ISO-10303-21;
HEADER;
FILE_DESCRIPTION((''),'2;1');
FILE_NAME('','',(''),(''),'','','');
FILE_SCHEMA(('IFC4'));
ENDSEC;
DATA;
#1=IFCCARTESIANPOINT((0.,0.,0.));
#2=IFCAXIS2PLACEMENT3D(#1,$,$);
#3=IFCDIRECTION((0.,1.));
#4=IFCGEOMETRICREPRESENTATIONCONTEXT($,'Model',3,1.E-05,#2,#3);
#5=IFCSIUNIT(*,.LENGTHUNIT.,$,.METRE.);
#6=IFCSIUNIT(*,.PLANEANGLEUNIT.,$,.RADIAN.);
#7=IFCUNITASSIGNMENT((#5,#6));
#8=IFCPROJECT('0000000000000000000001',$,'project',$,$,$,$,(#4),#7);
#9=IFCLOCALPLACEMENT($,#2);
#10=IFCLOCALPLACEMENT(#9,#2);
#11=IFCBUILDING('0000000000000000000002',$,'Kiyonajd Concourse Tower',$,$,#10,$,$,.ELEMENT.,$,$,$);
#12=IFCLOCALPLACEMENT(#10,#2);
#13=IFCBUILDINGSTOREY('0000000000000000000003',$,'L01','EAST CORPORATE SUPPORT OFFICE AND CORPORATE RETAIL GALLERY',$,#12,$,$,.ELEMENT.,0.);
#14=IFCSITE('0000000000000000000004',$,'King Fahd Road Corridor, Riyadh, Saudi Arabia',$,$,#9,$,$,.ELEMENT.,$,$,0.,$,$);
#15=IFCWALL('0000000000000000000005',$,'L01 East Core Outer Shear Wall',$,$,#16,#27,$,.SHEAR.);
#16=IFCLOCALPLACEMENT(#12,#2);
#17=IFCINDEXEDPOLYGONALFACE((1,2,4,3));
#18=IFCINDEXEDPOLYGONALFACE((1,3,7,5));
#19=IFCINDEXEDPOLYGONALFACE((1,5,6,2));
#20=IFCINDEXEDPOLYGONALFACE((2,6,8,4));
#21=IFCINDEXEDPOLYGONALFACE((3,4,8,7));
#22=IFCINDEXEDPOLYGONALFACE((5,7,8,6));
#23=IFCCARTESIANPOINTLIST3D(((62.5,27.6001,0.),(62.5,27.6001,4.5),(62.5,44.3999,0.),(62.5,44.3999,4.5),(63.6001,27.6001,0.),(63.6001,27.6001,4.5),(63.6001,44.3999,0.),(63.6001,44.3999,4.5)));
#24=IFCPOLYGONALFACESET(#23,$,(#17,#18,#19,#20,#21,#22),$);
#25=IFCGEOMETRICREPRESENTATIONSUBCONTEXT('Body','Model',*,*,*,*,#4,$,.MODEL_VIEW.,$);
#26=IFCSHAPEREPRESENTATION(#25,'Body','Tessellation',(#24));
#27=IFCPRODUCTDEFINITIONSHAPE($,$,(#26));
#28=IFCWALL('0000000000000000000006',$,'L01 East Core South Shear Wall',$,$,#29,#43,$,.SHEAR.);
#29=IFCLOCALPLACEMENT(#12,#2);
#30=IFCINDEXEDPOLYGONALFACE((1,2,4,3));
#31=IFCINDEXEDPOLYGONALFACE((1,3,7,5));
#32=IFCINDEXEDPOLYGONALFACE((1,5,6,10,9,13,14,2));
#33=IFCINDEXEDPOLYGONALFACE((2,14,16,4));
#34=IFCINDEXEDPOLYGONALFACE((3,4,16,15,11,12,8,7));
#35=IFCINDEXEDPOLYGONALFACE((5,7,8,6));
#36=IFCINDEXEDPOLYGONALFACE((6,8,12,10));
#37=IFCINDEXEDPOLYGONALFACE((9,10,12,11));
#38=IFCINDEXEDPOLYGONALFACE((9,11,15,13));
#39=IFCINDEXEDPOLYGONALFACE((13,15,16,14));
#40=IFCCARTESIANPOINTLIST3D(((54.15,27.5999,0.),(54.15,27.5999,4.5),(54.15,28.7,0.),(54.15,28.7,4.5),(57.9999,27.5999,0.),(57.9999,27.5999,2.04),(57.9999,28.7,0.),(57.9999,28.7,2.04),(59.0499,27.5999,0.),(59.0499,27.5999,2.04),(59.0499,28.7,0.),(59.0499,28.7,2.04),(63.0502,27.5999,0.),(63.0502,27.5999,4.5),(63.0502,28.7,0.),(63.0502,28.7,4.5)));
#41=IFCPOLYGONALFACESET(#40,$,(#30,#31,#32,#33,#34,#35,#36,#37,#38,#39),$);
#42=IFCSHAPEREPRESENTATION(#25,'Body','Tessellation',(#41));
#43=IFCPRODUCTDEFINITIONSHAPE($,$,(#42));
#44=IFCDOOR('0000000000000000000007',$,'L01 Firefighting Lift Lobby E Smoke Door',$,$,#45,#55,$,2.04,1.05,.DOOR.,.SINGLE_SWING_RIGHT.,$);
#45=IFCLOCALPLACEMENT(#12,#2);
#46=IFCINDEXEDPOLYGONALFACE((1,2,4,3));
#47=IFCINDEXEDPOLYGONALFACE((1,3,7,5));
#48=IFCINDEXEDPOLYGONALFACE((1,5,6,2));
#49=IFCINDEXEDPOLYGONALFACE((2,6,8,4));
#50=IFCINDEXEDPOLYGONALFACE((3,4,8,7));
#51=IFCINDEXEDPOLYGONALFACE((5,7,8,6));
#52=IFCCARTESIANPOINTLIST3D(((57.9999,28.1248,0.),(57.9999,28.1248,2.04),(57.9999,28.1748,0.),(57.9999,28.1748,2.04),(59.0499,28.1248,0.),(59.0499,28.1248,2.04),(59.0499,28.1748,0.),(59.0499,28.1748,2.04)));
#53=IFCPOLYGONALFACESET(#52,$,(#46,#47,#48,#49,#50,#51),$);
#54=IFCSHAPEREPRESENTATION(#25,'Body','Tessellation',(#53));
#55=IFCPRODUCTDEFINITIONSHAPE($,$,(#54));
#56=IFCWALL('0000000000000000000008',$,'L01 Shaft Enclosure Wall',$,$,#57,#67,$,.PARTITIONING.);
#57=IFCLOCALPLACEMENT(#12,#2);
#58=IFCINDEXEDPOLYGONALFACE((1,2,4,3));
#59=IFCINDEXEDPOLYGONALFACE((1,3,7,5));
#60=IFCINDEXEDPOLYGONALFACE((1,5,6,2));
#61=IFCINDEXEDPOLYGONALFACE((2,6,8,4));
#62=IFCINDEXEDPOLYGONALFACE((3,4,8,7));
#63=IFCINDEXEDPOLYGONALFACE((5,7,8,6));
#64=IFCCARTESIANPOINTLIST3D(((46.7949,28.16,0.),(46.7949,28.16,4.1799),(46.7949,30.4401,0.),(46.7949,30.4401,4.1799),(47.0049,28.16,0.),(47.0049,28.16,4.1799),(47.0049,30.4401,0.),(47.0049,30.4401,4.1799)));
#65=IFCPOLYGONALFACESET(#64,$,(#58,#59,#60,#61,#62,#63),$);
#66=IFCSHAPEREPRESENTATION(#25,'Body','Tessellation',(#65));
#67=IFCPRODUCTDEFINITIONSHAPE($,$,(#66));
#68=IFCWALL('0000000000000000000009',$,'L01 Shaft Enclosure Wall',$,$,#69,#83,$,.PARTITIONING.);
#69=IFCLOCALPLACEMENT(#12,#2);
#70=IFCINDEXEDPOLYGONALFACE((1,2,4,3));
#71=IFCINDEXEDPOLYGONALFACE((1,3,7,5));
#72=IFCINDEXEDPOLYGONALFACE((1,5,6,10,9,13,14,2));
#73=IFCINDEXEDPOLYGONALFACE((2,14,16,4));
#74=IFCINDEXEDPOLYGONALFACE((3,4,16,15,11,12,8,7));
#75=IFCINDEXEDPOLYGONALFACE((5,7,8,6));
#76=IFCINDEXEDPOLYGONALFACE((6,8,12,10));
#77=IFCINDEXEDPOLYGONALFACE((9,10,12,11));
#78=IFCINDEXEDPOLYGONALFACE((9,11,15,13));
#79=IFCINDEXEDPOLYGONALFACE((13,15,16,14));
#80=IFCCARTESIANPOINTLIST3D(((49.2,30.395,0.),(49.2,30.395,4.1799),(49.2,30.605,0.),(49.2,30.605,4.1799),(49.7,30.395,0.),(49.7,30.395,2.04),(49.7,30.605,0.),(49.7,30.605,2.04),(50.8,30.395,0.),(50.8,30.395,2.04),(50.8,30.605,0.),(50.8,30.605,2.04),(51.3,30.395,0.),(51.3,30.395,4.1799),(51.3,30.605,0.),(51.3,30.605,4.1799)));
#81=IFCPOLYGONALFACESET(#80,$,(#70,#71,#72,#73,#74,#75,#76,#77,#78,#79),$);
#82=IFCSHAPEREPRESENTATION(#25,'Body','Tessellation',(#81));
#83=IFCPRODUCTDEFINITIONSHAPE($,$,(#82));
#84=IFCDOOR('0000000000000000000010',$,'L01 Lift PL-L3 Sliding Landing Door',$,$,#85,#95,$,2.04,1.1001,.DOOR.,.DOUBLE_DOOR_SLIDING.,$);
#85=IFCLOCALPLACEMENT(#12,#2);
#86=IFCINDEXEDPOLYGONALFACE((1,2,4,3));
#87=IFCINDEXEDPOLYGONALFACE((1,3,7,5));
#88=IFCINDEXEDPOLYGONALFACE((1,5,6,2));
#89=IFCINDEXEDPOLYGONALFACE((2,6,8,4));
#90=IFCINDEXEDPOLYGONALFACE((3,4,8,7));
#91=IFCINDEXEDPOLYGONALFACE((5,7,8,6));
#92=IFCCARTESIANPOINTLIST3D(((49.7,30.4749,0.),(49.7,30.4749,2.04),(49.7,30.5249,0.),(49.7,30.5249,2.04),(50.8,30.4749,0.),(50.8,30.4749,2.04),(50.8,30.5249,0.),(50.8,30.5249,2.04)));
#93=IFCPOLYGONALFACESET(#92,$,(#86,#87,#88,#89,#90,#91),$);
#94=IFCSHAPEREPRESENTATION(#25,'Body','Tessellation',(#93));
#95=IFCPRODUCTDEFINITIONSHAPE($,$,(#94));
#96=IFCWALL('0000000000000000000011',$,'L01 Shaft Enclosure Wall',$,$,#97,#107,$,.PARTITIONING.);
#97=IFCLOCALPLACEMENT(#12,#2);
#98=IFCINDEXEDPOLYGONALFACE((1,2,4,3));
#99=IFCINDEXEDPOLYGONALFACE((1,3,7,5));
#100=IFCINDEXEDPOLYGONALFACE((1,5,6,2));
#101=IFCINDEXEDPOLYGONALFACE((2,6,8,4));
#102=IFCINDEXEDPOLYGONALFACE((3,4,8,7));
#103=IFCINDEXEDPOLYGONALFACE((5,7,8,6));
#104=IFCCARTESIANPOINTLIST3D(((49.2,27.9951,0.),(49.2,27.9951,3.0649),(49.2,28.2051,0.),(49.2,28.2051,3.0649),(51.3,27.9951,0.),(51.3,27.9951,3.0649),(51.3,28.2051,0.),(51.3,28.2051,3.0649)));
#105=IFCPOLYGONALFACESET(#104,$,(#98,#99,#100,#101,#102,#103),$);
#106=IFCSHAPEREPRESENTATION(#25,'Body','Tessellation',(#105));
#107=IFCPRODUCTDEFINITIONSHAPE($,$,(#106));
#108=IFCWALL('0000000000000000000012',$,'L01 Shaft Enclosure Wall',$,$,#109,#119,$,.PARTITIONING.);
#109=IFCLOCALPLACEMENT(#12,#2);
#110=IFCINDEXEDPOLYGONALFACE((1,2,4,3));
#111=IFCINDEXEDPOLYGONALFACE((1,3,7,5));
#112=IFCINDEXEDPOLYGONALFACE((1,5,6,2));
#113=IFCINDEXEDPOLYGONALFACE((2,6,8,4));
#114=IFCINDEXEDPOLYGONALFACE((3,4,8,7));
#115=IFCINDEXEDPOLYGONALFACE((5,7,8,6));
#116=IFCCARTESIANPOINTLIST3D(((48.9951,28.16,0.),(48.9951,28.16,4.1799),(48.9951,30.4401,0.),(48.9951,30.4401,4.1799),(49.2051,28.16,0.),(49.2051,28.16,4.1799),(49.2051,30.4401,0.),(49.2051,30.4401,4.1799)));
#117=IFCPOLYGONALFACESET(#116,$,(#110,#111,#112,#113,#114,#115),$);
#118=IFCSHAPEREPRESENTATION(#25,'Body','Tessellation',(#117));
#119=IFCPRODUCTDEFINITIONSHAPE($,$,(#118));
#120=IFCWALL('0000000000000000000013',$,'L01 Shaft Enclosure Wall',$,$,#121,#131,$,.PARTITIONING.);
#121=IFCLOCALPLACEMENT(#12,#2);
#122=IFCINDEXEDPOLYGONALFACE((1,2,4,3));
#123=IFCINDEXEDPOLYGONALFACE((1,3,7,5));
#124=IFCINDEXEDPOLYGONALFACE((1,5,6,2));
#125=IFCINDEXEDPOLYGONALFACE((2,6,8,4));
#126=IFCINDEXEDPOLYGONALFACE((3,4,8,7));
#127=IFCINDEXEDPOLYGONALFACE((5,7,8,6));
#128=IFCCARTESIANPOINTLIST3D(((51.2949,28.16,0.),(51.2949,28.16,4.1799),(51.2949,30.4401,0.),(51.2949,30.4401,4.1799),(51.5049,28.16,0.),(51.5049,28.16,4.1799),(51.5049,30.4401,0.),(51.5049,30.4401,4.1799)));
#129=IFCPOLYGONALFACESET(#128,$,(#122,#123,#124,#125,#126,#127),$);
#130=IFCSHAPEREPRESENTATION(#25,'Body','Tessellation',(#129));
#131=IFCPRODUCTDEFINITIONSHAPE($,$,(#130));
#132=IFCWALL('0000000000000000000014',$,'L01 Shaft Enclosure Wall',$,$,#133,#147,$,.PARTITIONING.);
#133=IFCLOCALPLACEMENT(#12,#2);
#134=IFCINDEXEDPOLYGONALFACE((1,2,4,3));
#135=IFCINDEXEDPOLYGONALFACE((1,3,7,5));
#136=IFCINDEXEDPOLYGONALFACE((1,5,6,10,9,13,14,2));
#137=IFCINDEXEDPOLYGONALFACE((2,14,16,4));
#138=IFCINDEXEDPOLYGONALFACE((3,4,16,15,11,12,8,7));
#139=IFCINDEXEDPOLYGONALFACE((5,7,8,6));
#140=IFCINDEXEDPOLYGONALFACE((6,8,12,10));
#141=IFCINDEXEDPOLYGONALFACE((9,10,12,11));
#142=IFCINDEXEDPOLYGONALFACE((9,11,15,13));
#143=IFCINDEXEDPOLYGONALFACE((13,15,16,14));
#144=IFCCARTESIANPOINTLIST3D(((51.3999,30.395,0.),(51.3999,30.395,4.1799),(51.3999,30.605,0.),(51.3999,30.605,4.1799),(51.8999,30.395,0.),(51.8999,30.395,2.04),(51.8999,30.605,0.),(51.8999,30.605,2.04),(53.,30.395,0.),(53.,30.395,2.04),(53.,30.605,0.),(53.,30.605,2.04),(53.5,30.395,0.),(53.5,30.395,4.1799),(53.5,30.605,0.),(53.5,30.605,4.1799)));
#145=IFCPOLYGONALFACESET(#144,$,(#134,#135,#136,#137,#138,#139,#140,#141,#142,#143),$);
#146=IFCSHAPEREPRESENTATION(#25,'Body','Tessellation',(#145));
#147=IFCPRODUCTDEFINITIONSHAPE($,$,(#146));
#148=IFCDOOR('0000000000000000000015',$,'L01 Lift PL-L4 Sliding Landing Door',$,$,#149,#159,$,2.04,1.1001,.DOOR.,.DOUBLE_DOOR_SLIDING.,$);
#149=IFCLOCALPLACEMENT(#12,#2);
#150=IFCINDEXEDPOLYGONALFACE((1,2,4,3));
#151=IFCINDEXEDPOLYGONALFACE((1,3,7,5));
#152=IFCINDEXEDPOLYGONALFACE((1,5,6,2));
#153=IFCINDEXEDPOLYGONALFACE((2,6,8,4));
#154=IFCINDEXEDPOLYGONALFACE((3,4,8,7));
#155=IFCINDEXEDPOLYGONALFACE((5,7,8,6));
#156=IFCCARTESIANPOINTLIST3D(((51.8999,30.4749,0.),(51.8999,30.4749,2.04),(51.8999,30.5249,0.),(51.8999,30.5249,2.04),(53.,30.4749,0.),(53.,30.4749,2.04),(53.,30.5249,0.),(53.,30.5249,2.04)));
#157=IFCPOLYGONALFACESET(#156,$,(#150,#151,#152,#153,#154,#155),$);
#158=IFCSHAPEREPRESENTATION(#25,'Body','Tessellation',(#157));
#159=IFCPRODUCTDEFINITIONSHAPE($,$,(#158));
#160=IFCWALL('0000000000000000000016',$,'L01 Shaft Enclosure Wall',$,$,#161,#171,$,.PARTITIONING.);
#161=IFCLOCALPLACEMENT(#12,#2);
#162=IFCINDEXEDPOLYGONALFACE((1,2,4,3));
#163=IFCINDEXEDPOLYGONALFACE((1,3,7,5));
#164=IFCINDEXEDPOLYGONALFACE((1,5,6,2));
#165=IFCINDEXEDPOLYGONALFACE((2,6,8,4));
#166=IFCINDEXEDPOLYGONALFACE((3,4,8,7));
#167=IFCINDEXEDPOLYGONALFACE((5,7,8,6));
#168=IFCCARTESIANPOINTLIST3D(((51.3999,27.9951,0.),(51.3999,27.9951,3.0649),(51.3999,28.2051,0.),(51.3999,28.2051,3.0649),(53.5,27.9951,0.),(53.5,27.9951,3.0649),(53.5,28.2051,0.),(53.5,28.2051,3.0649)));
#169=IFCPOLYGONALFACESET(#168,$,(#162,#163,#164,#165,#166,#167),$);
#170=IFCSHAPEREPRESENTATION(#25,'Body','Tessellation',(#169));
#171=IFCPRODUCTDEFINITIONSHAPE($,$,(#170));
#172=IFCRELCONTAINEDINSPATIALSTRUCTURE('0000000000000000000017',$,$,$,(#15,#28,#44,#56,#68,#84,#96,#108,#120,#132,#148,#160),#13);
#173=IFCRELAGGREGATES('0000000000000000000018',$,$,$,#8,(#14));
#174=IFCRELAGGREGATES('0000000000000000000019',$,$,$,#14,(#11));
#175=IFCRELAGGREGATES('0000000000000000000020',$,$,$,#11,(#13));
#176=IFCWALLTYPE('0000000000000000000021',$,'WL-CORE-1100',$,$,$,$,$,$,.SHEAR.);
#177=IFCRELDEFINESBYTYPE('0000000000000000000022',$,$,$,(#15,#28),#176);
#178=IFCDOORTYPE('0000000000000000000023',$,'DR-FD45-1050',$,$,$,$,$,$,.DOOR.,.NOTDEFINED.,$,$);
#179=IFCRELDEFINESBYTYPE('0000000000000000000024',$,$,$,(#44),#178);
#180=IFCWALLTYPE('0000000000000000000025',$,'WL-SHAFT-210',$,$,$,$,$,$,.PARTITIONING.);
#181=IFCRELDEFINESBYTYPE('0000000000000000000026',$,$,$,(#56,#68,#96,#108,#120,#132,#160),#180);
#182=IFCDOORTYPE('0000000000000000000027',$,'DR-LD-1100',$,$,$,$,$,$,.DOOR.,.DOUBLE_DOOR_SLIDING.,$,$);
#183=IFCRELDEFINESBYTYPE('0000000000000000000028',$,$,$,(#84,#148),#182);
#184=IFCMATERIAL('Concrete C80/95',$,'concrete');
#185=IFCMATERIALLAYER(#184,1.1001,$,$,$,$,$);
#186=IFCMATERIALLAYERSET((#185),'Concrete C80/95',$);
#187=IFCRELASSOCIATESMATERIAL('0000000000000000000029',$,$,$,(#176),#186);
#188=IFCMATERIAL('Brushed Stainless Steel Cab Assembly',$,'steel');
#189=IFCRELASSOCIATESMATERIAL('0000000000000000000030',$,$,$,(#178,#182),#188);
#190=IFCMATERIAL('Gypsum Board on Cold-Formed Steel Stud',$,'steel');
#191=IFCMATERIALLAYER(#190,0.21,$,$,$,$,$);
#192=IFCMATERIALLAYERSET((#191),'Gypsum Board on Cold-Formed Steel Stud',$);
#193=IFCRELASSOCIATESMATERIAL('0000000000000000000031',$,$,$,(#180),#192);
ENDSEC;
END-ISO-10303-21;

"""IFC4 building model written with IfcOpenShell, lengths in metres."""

from ifc_helpers import new_model, si_unit, direction, frame, frame_2d, origin, place, context, subcontext, project, spatial, rectangle, extrude, material, layer, layer_set, type_object, element, fill, save


model = new_model("IFC4")

# Units and contexts
model_context = context("Model", 3, precision=1e-05, world=origin(), true_north=direction((0.0, 1.0)))
body_context = subcontext(model_context, "Body", "Model", "MODEL_VIEW")
ifc_project = project(units=[si_unit("LENGTHUNIT", "METRE"), si_unit("PLANEANGLEUNIT", "RADIAN")], contexts=[model_context])

# Site, building, storey
site_placement = place(None, origin())
site = spatial("IfcSite", under=ifc_project, at=site_placement, Name="King Fahd Road Corridor, Riyadh, Saudi Arabia", CompositionType="ELEMENT", RefElevation=0.0)
building_placement = place(site_placement, origin())
building = spatial("IfcBuilding", under=site, at=building_placement, Name="Kiyonajd Concourse Tower", CompositionType="ELEMENT")
storey_placement = place(building_placement, origin())
storey = spatial("IfcBuildingStorey", under=building, at=storey_placement, Name="L01", Description="EAST CORPORATE SUPPORT OFFICE AND CORPORATE RETAIL GALLERY", CompositionType="ELEMENT", Elevation=0.0)

# Shared definitions
ifc_material_1 = material(Name="Concrete C80/95", Category="concrete")

# Wall
ifc_layer_1 = layer(ifc_material_1, 1.1001)
ifc_layer_set_1 = layer_set([ifc_layer_1], Name="Concrete C80/95")
wall_type_1 = type_object("IfcWallType", Name="WL-CORE-1100", PredefinedType="SHEAR", material=ifc_layer_set_1)
wall_1_placement = place(storey_placement, frame((63.05, 27.6001, 0.0), z_axis=(0.0, 0.0, 1.0), x_axis=(0.0, 1.0, 0.0)))
element("IfcWall", 1, at=wall_1_placement, inside=storey, type_object=wall_type_1, Name="L01 East Core Outer Shear Wall", PredefinedType="SHEAR", context=body_context, shape_type="SweptSolid", body=[
    extrude(rectangle(XDim=16.7998, YDim=1.1001, at=frame_2d((8.3999, 0.0))), origin(), (0.0, 0.0, 1.0), 4.5),
])

# Wall, opening, door
wall_2_placement = place(storey_placement, frame((54.1499, 28.1499, 0.0), z_axis=(0.0, 0.0, 1.0), x_axis=(1.0, 0.0, 0.0)))
wall_2 = element("IfcWall", 2, at=wall_2_placement, inside=storey, type_object=wall_type_1, Name="L01 East Core South Shear Wall", PredefinedType="SHEAR", context=body_context, shape_type="SweptSolid", body=[
    extrude(rectangle(XDim=8.9001, YDim=1.1001, at=frame_2d((4.4502, 0.0))), origin(), (0.0, 0.0, 1.0), 4.5),
])
opening_1_placement = place(wall_2_placement, frame((3.8501, 0.0, 0.0)))
opening_1 = element("IfcOpeningElement", 3, at=opening_1_placement, cuts=wall_2, PredefinedType="OPENING", context=body_context, shape_type="SweptSolid", body=[
    extrude(rectangle(XDim=1.05, YDim=2.04, at=frame_2d((0.5249, 1.02))), frame((0.0, 0.5601, 0.0), z_axis=(0.0, -1.0, 0.0), x_axis=(1.0, 0.0, 0.0)), (0.0, 0.0, 1.0), 1.1201),
])
ifc_material_2 = material(Name="Brushed Stainless Steel Cab Assembly", Category="steel")
door_type_1 = type_object("IfcDoorType", Name="DR-FD45-1050", OperationType="NOTDEFINED", PredefinedType="DOOR", material=ifc_material_2)
door_1_placement = place(opening_1_placement, origin())
door_1 = element("IfcDoor", 4, at=door_1_placement, inside=storey, type_object=door_type_1, Name="L01 Firefighting Lift Lobby E Smoke Door", OperationType="SINGLE_SWING_RIGHT", OverallHeight=2.04, OverallWidth=1.05, PredefinedType="DOOR", context=body_context, shape_type="SweptSolid", body=[
    extrude(rectangle(XDim=1.05, YDim=2.04, at=frame_2d((0.5249, 1.02))), frame((0.0, 0.0249, 0.0), z_axis=(0.0, -1.0, 0.0), x_axis=(1.0, 0.0, 0.0)), (0.0, 0.0, 1.0), 0.05),
])
fill(opening_1, door_1)

# Wall
ifc_material_3 = material(Name="Gypsum Board on Cold-Formed Steel Stud", Category="steel")
ifc_layer_2 = layer(ifc_material_3, 0.21)
ifc_layer_set_2 = layer_set([ifc_layer_2], Name="Gypsum Board on Cold-Formed Steel Stud")
wall_type_2 = type_object("IfcWallType", Name="WL-SHAFT-210", PredefinedType="PARTITIONING", material=ifc_layer_set_2)
wall_3_placement = place(storey_placement, frame((46.8999, 28.1599, 0.0), z_axis=(0.0, 0.0, 1.0), x_axis=(0.0, 1.0, 0.0)))
element("IfcWall", 5, at=wall_3_placement, inside=storey, type_object=wall_type_2, Name="L01 Shaft Enclosure Wall", PredefinedType="PARTITIONING", context=body_context, shape_type="SweptSolid", body=[
    extrude(rectangle(XDim=2.28, YDim=0.21, at=frame_2d((1.1401, 0.0))), origin(), (0.0, 0.0, 1.0), 4.1799),
])

# Wall, opening, door
wall_4_placement = place(storey_placement, frame((49.2, 30.5, 0.0), z_axis=(0.0, 0.0, 1.0), x_axis=(1.0, 0.0, 0.0)))
wall_4 = element("IfcWall", 6, at=wall_4_placement, inside=storey, type_object=wall_type_2, Name="L01 Shaft Enclosure Wall", PredefinedType="PARTITIONING", context=body_context, shape_type="SweptSolid", body=[
    extrude(rectangle(XDim=2.1001, YDim=0.21, at=frame_2d((1.05, 0.0))), origin(), (0.0, 0.0, 1.0), 4.1799),
])
opening_2_placement = place(wall_4_placement, frame((0.5, 0.0, 0.0)))
opening_2 = element("IfcOpeningElement", 7, at=opening_2_placement, cuts=wall_4, PredefinedType="OPENING", context=body_context, shape_type="SweptSolid", body=[
    extrude(rectangle(XDim=1.1001, YDim=2.04, at=frame_2d((0.55, 1.02))), frame((0.0, 0.115, 0.0), z_axis=(0.0, -1.0, 0.0), x_axis=(1.0, 0.0, 0.0)), (0.0, 0.0, 1.0), 0.23),
])
door_type_2 = type_object("IfcDoorType", Name="DR-LD-1100", OperationType="DOUBLE_DOOR_SLIDING", PredefinedType="DOOR", material=ifc_material_2)
door_2_placement = place(opening_2_placement, origin())
door_2 = element("IfcDoor", 8, at=door_2_placement, inside=storey, type_object=door_type_2, Name="L01 Lift PL-L3 Sliding Landing Door", OperationType="DOUBLE_DOOR_SLIDING", OverallHeight=2.04, OverallWidth=1.1001, PredefinedType="DOOR", context=body_context, shape_type="SweptSolid", body=[
    extrude(rectangle(XDim=1.1001, YDim=2.04, at=frame_2d((0.55, 1.02))), frame((0.0, 0.0249, 0.0), z_axis=(0.0, -1.0, 0.0), x_axis=(1.0, 0.0, 0.0)), (0.0, 0.0, 1.0), 0.05),
])
fill(opening_2, door_2)

# Walls
wall_5_placement = place(storey_placement, frame((49.2, 28.1001, 0.0), z_axis=(0.0, 0.0, 1.0), x_axis=(1.0, 0.0, 0.0)))
element("IfcWall", 9, at=wall_5_placement, inside=storey, type_object=wall_type_2, Name="L01 Shaft Enclosure Wall", PredefinedType="PARTITIONING", context=body_context, shape_type="SweptSolid", body=[
    extrude(rectangle(XDim=2.1001, YDim=0.21, at=frame_2d((1.05, 0.0))), origin(), (0.0, 0.0, 1.0), 3.0649),
])
for number, where, z_axis, x_axis, name in (
    (10, (49.1001, 28.1599, 0.0), (0.0, 0.0, 1.0), (0.0, 1.0, 0.0), "L01 Shaft Enclosure Wall"),
    (11, (51.3999, 28.1599, 0.0), (0.0, 0.0, 1.0), (0.0, 1.0, 0.0), "L01 Shaft Enclosure Wall"),
):
    element("IfcWall", number, at=place(storey_placement, frame(where, z_axis=z_axis, x_axis=x_axis)), inside=storey, type_object=wall_type_2, Name=name, PredefinedType="PARTITIONING", context=body_context, shape_type="SweptSolid", body=[
        extrude(rectangle(XDim=2.28, YDim=0.21, at=frame_2d((1.1401, 0.0))), origin(), (0.0, 0.0, 1.0), 4.1799),
    ])

# Wall, opening, door
wall_6_placement = place(storey_placement, frame((51.3999, 30.5, 0.0), z_axis=(0.0, 0.0, 1.0), x_axis=(1.0, 0.0, 0.0)))
wall_6 = element("IfcWall", 12, at=wall_6_placement, inside=storey, type_object=wall_type_2, Name="L01 Shaft Enclosure Wall", PredefinedType="PARTITIONING", context=body_context, shape_type="SweptSolid", body=[
    extrude(rectangle(XDim=2.1001, YDim=0.21, at=frame_2d((1.05, 0.0))), origin(), (0.0, 0.0, 1.0), 4.1799),
])
opening_3_placement = place(wall_6_placement, frame((0.5, 0.0, 0.0)))
opening_3 = element("IfcOpeningElement", 13, at=opening_3_placement, cuts=wall_6, PredefinedType="OPENING", context=body_context, shape_type="SweptSolid", body=[
    extrude(rectangle(XDim=1.1001, YDim=2.04, at=frame_2d((0.55, 1.02))), frame((0.0, 0.115, 0.0), z_axis=(0.0, -1.0, 0.0), x_axis=(1.0, 0.0, 0.0)), (0.0, 0.0, 1.0), 0.23),
])
door_3_placement = place(opening_3_placement, origin())
door_3 = element("IfcDoor", 14, at=door_3_placement, inside=storey, type_object=door_type_2, Name="L01 Lift PL-L4 Sliding Landing Door", OperationType="DOUBLE_DOOR_SLIDING", OverallHeight=2.04, OverallWidth=1.1001, PredefinedType="DOOR", context=body_context, shape_type="SweptSolid", body=[
    extrude(rectangle(XDim=1.1001, YDim=2.04, at=frame_2d((0.55, 1.02))), frame((0.0, 0.0249, 0.0), z_axis=(0.0, -1.0, 0.0), x_axis=(1.0, 0.0, 0.0)), (0.0, 0.0, 1.0), 0.05),
])
fill(opening_3, door_3)

# Wall
wall_7_placement = place(storey_placement, frame((51.3999, 28.1001, 0.0), z_axis=(0.0, 0.0, 1.0), x_axis=(1.0, 0.0, 0.0)))
element("IfcWall", 15, at=wall_7_placement, inside=storey, type_object=wall_type_2, Name="L01 Shaft Enclosure Wall", PredefinedType="PARTITIONING", context=body_context, shape_type="SweptSolid", body=[
    extrude(rectangle(XDim=2.1001, YDim=0.21, at=frame_2d((1.05, 0.0))), origin(), (0.0, 0.0, 1.0), 3.0649),
])

save(model, "model.ifc")
